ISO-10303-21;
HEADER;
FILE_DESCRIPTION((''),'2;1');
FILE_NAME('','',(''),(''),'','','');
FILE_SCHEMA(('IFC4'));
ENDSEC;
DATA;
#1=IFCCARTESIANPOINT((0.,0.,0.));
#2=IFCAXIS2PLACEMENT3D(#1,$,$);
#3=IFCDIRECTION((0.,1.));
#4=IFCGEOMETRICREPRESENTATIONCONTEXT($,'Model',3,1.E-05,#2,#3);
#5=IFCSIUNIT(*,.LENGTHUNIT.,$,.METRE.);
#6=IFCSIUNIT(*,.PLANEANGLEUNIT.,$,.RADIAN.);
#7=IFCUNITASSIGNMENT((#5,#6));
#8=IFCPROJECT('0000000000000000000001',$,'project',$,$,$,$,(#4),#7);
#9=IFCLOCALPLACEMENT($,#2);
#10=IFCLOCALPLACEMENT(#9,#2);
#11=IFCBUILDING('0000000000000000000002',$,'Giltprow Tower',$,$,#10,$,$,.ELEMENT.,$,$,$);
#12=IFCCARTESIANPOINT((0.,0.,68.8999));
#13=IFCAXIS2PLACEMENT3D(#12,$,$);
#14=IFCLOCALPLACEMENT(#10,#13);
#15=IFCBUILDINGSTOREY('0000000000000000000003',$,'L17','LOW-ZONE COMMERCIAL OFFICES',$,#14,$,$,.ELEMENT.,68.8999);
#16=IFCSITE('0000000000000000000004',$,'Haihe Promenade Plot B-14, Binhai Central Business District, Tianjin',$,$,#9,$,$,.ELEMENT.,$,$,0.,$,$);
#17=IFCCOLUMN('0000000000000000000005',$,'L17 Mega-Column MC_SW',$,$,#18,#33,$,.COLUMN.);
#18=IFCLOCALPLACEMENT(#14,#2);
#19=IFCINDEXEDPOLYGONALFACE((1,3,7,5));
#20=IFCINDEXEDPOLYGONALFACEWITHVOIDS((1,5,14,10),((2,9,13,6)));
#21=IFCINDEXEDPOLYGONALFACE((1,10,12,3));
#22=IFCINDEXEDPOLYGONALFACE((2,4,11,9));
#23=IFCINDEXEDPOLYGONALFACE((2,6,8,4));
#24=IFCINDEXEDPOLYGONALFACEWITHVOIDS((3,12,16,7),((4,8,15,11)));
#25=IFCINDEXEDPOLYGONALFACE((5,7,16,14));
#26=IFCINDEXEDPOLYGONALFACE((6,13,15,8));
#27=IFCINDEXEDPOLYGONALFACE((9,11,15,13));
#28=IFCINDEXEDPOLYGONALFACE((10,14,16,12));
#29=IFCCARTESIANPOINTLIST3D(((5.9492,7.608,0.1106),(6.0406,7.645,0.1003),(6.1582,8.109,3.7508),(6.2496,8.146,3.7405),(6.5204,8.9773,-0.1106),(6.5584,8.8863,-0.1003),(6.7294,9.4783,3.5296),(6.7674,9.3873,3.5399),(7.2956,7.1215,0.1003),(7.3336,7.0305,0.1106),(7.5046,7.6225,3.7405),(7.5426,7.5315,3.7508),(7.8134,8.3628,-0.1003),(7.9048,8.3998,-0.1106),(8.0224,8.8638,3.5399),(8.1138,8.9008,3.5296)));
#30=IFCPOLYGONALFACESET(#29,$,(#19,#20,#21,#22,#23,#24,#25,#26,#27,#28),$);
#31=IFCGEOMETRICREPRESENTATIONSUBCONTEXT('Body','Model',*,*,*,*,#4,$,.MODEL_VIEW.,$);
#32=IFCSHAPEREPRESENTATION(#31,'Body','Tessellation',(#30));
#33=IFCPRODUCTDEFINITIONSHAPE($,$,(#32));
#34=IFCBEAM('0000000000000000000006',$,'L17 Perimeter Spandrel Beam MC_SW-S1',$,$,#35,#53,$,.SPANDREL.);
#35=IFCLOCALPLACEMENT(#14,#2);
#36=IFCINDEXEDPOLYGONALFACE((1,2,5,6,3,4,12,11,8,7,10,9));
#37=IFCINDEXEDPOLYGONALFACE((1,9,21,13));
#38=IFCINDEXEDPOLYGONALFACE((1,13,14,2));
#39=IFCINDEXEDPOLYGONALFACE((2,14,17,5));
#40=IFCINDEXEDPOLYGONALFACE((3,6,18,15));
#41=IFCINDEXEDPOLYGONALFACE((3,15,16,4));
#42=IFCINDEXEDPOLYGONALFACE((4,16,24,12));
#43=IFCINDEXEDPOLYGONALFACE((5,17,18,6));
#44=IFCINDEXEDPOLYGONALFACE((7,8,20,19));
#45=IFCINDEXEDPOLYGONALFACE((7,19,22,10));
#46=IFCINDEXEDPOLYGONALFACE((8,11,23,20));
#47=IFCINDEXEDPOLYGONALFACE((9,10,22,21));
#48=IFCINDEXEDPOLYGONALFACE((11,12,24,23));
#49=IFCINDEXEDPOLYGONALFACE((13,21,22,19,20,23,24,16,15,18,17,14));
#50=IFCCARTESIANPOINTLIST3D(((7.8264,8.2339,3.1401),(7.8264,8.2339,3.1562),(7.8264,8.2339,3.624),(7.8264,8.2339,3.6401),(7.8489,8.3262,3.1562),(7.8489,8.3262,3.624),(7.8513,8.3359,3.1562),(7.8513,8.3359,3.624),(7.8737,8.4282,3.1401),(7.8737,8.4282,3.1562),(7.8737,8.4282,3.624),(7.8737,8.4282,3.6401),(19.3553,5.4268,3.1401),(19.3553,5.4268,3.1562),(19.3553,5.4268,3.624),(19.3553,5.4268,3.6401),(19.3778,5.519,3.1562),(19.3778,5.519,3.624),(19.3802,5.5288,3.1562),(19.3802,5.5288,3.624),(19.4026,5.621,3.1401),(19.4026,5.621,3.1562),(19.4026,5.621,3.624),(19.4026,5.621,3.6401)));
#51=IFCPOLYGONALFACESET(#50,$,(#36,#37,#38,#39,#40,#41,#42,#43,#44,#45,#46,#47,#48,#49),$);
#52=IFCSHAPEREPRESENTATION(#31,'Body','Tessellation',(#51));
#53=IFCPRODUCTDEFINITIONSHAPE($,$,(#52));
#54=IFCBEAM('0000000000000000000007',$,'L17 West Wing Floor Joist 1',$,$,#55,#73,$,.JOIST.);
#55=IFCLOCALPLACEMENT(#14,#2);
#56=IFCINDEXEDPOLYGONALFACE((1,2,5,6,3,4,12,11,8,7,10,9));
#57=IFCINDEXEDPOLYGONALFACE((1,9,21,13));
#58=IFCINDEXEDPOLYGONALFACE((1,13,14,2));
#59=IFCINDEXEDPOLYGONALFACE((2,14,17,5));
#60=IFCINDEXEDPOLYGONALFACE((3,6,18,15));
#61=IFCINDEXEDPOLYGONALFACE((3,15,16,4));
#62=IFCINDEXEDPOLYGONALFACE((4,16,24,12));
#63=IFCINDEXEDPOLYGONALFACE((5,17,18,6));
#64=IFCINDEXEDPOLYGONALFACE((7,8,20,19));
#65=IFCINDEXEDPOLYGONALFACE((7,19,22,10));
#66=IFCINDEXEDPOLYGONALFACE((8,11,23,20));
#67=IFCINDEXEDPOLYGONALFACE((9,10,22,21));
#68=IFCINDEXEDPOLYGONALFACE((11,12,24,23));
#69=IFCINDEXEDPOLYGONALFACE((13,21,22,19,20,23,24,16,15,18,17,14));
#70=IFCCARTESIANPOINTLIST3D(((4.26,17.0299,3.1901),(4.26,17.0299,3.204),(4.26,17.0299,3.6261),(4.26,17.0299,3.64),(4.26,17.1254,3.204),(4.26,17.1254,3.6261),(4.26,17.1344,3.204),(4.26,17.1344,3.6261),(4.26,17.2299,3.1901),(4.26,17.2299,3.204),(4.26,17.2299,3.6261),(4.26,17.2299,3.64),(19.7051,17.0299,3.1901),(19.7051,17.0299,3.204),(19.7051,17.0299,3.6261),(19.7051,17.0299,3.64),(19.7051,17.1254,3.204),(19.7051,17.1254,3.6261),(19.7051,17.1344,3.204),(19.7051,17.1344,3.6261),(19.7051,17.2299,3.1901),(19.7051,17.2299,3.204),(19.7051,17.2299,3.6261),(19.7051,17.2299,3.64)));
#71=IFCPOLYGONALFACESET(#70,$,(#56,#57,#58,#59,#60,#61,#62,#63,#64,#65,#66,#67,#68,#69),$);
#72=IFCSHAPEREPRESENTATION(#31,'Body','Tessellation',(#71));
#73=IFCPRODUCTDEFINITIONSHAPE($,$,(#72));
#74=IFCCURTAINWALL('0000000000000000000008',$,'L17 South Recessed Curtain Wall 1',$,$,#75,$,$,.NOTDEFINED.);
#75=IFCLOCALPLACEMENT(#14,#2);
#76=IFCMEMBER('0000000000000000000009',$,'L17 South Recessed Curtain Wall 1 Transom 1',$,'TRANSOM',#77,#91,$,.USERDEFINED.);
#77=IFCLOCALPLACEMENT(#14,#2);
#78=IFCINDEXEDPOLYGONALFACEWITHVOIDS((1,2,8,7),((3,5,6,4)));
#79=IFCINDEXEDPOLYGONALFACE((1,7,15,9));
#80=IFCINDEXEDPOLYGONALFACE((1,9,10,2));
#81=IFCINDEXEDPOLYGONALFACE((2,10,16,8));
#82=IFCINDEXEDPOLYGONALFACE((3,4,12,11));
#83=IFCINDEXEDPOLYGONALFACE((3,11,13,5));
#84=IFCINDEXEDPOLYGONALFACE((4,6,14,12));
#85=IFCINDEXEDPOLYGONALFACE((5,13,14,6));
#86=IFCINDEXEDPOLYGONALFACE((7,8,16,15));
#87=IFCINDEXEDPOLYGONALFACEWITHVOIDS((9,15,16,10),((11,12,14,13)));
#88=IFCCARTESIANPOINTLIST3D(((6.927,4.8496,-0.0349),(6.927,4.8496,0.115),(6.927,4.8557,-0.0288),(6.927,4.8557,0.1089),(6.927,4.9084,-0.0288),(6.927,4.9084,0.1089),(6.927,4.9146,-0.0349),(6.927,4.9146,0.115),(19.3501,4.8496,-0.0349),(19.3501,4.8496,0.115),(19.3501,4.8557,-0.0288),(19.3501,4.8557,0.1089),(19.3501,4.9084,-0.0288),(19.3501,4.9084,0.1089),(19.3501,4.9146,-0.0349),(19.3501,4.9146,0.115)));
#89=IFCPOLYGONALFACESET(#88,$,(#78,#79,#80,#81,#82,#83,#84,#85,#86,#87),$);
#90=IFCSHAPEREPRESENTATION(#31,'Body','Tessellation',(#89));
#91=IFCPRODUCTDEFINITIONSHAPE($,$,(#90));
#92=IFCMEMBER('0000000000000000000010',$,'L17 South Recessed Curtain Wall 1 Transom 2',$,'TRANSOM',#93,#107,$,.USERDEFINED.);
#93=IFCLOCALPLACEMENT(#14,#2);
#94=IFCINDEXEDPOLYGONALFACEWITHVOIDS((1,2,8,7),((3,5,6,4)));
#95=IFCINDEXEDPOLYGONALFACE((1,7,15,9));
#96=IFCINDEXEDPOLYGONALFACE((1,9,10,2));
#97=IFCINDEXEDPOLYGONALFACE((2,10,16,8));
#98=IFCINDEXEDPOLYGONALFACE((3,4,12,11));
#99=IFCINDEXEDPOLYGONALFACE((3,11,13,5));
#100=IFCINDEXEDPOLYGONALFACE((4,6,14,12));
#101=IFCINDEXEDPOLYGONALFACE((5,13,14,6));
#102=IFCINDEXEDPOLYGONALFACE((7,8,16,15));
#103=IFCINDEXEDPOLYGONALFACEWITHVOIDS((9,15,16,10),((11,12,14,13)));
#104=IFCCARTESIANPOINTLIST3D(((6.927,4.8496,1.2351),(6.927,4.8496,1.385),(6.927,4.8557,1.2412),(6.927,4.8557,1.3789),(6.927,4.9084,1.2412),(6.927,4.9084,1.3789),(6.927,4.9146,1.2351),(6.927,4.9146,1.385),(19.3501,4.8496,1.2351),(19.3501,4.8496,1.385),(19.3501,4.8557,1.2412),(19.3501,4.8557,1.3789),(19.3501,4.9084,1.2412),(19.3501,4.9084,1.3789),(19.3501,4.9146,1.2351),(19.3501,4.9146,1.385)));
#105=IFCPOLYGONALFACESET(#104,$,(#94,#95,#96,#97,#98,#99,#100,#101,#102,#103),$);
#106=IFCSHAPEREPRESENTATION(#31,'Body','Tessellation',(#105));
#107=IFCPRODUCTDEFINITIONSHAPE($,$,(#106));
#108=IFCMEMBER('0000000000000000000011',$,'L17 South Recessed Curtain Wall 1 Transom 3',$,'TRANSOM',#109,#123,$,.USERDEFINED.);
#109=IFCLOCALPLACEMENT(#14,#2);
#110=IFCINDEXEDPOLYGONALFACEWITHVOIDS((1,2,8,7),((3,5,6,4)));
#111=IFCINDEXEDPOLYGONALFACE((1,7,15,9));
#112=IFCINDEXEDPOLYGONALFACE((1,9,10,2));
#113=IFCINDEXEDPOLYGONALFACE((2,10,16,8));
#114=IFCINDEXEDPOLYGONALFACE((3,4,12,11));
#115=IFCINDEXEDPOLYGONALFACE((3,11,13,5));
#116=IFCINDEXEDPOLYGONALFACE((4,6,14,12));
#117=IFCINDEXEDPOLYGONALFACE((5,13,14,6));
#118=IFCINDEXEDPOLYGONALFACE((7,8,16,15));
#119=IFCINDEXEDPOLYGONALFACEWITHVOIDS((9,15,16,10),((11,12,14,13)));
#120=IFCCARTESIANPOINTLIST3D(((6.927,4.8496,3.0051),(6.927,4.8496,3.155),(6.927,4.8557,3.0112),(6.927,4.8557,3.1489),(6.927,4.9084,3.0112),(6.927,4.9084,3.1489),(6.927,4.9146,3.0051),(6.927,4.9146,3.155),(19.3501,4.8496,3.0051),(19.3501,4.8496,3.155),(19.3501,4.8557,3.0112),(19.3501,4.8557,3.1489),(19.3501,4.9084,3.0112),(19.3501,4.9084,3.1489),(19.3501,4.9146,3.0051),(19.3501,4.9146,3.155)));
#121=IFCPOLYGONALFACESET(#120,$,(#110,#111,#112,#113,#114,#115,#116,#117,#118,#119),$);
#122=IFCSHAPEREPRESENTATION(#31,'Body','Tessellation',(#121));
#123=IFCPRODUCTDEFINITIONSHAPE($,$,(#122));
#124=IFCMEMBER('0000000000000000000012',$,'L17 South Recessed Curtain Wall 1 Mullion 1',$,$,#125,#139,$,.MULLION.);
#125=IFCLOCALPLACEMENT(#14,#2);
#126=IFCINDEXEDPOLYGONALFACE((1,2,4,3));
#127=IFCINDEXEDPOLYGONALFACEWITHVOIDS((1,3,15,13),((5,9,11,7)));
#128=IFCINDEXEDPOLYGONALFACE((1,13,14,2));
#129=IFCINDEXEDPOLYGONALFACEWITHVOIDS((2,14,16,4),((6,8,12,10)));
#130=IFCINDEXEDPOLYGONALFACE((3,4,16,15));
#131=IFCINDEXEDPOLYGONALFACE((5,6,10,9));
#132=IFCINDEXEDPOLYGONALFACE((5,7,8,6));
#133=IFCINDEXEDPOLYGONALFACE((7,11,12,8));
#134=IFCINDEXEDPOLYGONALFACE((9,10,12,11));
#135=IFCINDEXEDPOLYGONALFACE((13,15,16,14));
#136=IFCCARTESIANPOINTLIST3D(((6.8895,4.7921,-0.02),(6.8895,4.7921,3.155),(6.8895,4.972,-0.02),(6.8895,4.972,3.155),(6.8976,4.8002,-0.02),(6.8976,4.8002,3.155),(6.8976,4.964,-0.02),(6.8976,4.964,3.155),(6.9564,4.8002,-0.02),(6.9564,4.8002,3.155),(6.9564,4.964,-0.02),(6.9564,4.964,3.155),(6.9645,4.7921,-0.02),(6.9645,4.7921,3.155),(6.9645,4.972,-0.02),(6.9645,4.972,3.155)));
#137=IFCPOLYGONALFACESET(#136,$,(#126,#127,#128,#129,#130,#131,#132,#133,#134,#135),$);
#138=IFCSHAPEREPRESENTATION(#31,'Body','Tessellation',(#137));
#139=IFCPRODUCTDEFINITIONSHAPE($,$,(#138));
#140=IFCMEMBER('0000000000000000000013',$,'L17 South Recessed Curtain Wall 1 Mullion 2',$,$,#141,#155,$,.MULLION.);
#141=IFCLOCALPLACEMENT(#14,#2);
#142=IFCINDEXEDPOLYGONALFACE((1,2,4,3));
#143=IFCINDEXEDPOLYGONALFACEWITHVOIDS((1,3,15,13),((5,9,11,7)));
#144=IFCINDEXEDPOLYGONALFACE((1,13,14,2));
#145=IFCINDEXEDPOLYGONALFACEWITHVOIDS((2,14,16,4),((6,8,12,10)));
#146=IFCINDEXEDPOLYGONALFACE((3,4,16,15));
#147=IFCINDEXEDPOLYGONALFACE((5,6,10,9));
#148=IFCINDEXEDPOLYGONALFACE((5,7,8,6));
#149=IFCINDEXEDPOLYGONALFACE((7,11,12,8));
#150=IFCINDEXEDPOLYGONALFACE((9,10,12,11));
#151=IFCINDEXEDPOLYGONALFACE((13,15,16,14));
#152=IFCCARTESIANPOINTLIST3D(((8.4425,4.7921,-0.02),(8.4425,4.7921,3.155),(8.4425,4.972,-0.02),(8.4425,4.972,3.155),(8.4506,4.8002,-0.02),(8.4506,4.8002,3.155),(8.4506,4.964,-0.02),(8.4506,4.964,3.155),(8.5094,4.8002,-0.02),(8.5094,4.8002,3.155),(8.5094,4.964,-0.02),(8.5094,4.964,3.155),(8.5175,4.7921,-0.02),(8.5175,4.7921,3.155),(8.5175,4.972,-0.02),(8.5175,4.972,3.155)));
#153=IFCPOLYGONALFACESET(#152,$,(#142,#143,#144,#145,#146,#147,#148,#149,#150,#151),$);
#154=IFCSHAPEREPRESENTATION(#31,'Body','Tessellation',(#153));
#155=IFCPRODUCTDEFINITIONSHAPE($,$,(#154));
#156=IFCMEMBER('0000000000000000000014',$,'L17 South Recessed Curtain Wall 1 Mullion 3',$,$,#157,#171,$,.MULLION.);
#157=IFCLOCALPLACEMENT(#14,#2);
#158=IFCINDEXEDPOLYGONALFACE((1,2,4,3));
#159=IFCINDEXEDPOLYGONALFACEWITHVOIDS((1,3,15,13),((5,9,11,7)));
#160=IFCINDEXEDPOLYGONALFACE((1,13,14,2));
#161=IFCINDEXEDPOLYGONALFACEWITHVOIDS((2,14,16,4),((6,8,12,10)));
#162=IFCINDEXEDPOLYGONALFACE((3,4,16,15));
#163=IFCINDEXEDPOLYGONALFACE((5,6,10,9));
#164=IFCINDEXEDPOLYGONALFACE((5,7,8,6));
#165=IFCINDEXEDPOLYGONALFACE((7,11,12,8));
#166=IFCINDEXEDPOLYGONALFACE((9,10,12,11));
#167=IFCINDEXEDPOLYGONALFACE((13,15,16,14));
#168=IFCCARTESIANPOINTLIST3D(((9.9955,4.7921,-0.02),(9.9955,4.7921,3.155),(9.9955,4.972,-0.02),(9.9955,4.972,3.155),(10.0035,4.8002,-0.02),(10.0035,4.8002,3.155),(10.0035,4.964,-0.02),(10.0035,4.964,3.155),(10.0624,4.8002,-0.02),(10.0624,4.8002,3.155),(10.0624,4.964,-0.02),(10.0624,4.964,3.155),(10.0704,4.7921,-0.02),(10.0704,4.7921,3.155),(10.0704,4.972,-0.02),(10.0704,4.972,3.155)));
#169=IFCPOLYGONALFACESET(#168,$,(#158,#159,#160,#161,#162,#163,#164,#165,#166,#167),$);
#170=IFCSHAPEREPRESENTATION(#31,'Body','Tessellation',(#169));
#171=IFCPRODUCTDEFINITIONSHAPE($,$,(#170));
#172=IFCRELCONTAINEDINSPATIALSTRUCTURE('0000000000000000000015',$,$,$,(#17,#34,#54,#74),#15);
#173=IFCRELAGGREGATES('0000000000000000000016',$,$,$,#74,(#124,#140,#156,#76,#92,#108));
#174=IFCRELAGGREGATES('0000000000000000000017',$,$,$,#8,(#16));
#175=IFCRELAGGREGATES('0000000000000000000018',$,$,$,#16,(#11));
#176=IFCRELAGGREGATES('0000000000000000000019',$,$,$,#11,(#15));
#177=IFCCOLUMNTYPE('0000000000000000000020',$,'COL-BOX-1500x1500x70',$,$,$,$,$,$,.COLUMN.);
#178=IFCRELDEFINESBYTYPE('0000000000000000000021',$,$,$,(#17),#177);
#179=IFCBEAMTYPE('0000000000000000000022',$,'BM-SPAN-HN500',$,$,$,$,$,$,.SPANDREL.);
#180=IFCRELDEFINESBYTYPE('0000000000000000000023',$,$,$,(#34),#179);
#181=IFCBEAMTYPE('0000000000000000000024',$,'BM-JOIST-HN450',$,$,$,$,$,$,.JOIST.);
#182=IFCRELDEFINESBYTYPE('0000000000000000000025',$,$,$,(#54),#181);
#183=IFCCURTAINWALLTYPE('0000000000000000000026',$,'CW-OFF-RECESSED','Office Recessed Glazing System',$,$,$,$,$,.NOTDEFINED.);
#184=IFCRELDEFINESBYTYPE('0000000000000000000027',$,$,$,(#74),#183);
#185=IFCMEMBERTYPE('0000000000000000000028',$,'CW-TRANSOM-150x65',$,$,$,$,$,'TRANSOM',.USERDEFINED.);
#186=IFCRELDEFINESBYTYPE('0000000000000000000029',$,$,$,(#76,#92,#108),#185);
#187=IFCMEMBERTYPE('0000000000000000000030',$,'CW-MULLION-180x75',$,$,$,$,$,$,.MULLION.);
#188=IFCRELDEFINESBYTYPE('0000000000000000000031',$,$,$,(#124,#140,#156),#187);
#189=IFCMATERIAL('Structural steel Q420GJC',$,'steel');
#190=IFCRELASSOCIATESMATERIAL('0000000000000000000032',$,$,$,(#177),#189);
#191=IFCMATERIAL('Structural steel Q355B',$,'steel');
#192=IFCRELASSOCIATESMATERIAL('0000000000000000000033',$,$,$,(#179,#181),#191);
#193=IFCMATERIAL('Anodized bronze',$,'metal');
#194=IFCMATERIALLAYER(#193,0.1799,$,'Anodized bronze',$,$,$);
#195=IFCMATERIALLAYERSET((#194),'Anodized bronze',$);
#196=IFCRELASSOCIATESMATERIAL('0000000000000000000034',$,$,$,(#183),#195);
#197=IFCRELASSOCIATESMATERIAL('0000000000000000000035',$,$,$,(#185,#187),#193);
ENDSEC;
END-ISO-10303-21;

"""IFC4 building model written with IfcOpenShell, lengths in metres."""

from ifc_helpers import new_model, si_unit, direction, frame, origin, origin_2d, place, context, subcontext, project, spatial, hollow_rectangle, i_section, extrude, source, transform, mapped, material, layer, layer_set, material_profile, profile_set, type_object, element, aggregate, save


model = new_model("IFC4")

# Units and contexts
model_context = context("Model", 3, precision=1e-05, world=origin(), true_north=direction((0.0, 1.0)))
body_context = subcontext(model_context, "Body", "Model", "MODEL_VIEW")
ifc_project = project(units=[si_unit("LENGTHUNIT", "METRE"), si_unit("PLANEANGLEUNIT", "RADIAN")], contexts=[model_context])

# Site, building, storey
site_placement = place(None, origin())
site = spatial("IfcSite", under=ifc_project, at=site_placement, Name="Haihe Promenade Plot B-14, Binhai Central Business District, Tianjin", CompositionType="ELEMENT", RefElevation=0.0)
building_placement = place(site_placement, origin())
building = spatial("IfcBuilding", under=site, at=building_placement, Name="Giltprow Tower", CompositionType="ELEMENT")
storey_placement = place(building_placement, frame((0.0, 0.0, 68.8999)))
storey = spatial("IfcBuildingStorey", under=building, at=storey_placement, Name="L17", Description="LOW-ZONE COMMERCIAL OFFICES", CompositionType="ELEMENT", Elevation=68.8999)

# Column
ifc_material_1 = material(Name="Structural steel Q420GJC", Category="steel")
ifc_material_profile_1 = material_profile(ifc_material_1, hollow_rectangle(XDim=1.5, YDim=1.5, WallThickness=0.0701, at=origin_2d()), Name="BOX 1500x1500x70")
ifc_profile_set_1 = profile_set([ifc_material_profile_1], Name="Structural steel Q420GJC")
column_type = type_object("IfcColumnType", Name="COL-BOX-1500x1500x70", PredefinedType="COLUMN", material=ifc_profile_set_1)
shared_shape_1 = source(origin(), body_context, "Body", "SweptSolid", [
    extrude(hollow_rectangle(XDim=1.5, YDim=1.5, WallThickness=0.0701, at=origin_2d()), origin(), (0.0, 0.0, 1.0), 3.6804),
])
column_placement = place(storey_placement, frame((6.927, 8.0039, 0.0), z_axis=(0.056783, 0.136121, 0.989064), x_axis=(-0.922917, 0.384999, 0.0)))
element("IfcColumn", 1, at=column_placement, inside=storey, type_object=column_type, Name="L17 Mega-Column MC_SW", PredefinedType="COLUMN", context=body_context, shape_type="MappedRepresentation", body=[
    mapped(shared_shape_1, transform((0.0, 0.0, 0.0), x_axis=(1.0, 0.0, 0.0), y_axis=(0.0, 1.0, 0.0), z_axis=(0.0, 0.0, 1.0), scale=1.0)),
])

# Beams
ifc_material_2 = material(Name="Structural steel Q355B", Category="steel")
ifc_material_profile_2 = material_profile(ifc_material_2, i_section(OverallWidth=0.2, OverallDepth=0.5, WebThickness=0.01, FlangeThickness=0.0161, at=origin_2d()), Name="HN 500x200x10x16")
ifc_profile_set_2 = profile_set([ifc_material_profile_2], Name="Structural steel Q355B")
beam_type_1 = type_object("IfcBeamType", Name="BM-SPAN-HN500", PredefinedType="SPANDREL", material=ifc_profile_set_2)
shared_shape_2 = source(origin(), body_context, "Body", "SweptSolid", [
    extrude(i_section(OverallWidth=0.2, OverallDepth=0.5, WebThickness=0.01, FlangeThickness=0.0161, at=origin_2d()), origin(), (0.0, 0.0, 1.0), 11.8657),
])
beam_1_placement = place(storey_placement, frame((7.8501, 8.3311, 3.3901), z_axis=(0.971613, -0.236576, 0.0), x_axis=(0.236576, 0.971613, 0.0)))
element("IfcBeam", 2, at=beam_1_placement, inside=storey, type_object=beam_type_1, Name="L17 Perimeter Spandrel Beam MC_SW-S1", PredefinedType="SPANDREL", context=body_context, shape_type="MappedRepresentation", body=[
    mapped(shared_shape_2, transform((0.0, 0.0, 0.0), x_axis=(1.0, 0.0, 0.0), y_axis=(0.0, 1.0, 0.0), z_axis=(0.0, 0.0, 1.0), scale=1.0)),
])
ifc_material_profile_3 = material_profile(ifc_material_2, i_section(OverallWidth=0.2, OverallDepth=0.45, WebThickness=0.009, FlangeThickness=0.0139, at=origin_2d()), Name="HN 450x200x9x14")
ifc_profile_set_3 = profile_set([ifc_material_profile_3], Name="Structural steel Q355B")
beam_type_2 = type_object("IfcBeamType", Name="BM-JOIST-HN450", PredefinedType="JOIST", material=ifc_profile_set_3)
shared_shape_3 = source(origin(), body_context, "Body", "SweptSolid", [
    extrude(i_section(OverallWidth=0.2, OverallDepth=0.45, WebThickness=0.009, FlangeThickness=0.0139, at=origin_2d()), origin(), (0.0, 0.0, 1.0), 15.4451),
])
beam_2_placement = place(storey_placement, frame((4.26, 17.1299, 3.415), z_axis=(1.0, 0.0, 0.0), x_axis=(0.0, 1.0, 0.0)))
element("IfcBeam", 3, at=beam_2_placement, inside=storey, type_object=beam_type_2, Name="L17 West Wing Floor Joist 1", PredefinedType="JOIST", context=body_context, shape_type="MappedRepresentation", body=[
    mapped(shared_shape_3, transform((0.0, 0.0, 0.0), x_axis=(1.0, 0.0, 0.0), y_axis=(0.0, 1.0, 0.0), z_axis=(0.0, 0.0, 1.0), scale=1.0)),
])

# Curtain wall, members
ifc_material_3 = material(Name="Anodized bronze", Category="metal")
ifc_layer_1 = layer(ifc_material_3, 0.1799, Name="Anodized bronze")
ifc_layer_set_1 = layer_set([ifc_layer_1], Name="Anodized bronze")
curtain_wall_type = type_object("IfcCurtainWallType", Name="CW-OFF-RECESSED", Description="Office Recessed Glazing System", PredefinedType="NOTDEFINED", material=ifc_layer_set_1)
curtain_wall_placement = place(storey_placement, origin())
curtain_wall = element("IfcCurtainWall", 4, at=curtain_wall_placement, inside=storey, type_object=curtain_wall_type, Name="L17 South Recessed Curtain Wall 1", PredefinedType="NOTDEFINED")
ifc_material_profile_4 = material_profile(ifc_material_3, hollow_rectangle(XDim=0.0649, YDim=0.1499, WallThickness=0.0061, at=origin_2d()), Name="RHS 150x65x6")
ifc_profile_set_4 = profile_set([ifc_material_profile_4], Name="Anodized bronze")
member_type_1 = type_object("IfcMemberType", Name="CW-TRANSOM-150x65", ElementType="TRANSOM", PredefinedType="USERDEFINED", material=ifc_profile_set_4)
shared_shape_4 = source(origin(), body_context, "Body", "SweptSolid", [
    extrude(hollow_rectangle(XDim=0.0649, YDim=0.1499, WallThickness=0.0061, at=origin_2d()), origin(), (0.0, 0.0, 1.0), 12.4231),
])
member_1_placement = place(storey_placement, frame((6.927, 4.8821, 0.04), z_axis=(1.0, 0.0, 0.0), x_axis=(0.0, 1.0, 0.0)))
member_1 = element("IfcMember", 5, at=member_1_placement, type_object=member_type_1, Name="L17 South Recessed Curtain Wall 1 Transom 1", ObjectType="TRANSOM", PredefinedType="USERDEFINED", context=body_context, shape_type="MappedRepresentation", body=[
    mapped(shared_shape_4, transform((0.0, 0.0, 0.0), x_axis=(1.0, 0.0, 0.0), y_axis=(0.0, 1.0, 0.0), z_axis=(0.0, 0.0, 1.0), scale=1.0)),
])
member_2_placement = place(storey_placement, frame((6.927, 4.8821, 1.3101), z_axis=(1.0, 0.0, 0.0), x_axis=(0.0, 1.0, 0.0)))
member_2 = element("IfcMember", 6, at=member_2_placement, type_object=member_type_1, Name="L17 South Recessed Curtain Wall 1 Transom 2", ObjectType="TRANSOM", PredefinedType="USERDEFINED", context=body_context, shape_type="MappedRepresentation", body=[
    mapped(shared_shape_4, transform((0.0, 0.0, 0.0), x_axis=(1.0, 0.0, 0.0), y_axis=(0.0, 1.0, 0.0), z_axis=(0.0, 0.0, 1.0), scale=1.0)),
])
member_3_placement = place(storey_placement, frame((6.927, 4.8821, 3.0801), z_axis=(1.0, 0.0, 0.0), x_axis=(0.0, 1.0, 0.0)))
member_3 = element("IfcMember", 7, at=member_3_placement, type_object=member_type_1, Name="L17 South Recessed Curtain Wall 1 Transom 3", ObjectType="TRANSOM", PredefinedType="USERDEFINED", context=body_context, shape_type="MappedRepresentation", body=[
    mapped(shared_shape_4, transform((0.0, 0.0, 0.0), x_axis=(1.0, 0.0, 0.0), y_axis=(0.0, 1.0, 0.0), z_axis=(0.0, 0.0, 1.0), scale=1.0)),
])
ifc_material_profile_5 = material_profile(ifc_material_3, hollow_rectangle(XDim=0.075, YDim=0.1799, WallThickness=0.0081, at=origin_2d()), Name="RHS 180x75x8")
ifc_profile_set_5 = profile_set([ifc_material_profile_5], Name="Anodized bronze")
member_type_2 = type_object("IfcMemberType", Name="CW-MULLION-180x75", PredefinedType="MULLION", material=ifc_profile_set_5)
shared_shape_5 = source(origin(), body_context, "Body", "SweptSolid", [
    extrude(hollow_rectangle(XDim=0.075, YDim=0.1799, WallThickness=0.0081, at=origin_2d()), origin(), (0.0, 0.0, 1.0), 3.175),
])
member_4_placement = place(storey_placement, frame((6.927, 4.8821, -0.02), z_axis=(0.0, 0.0, 1.0), x_axis=(1.0, 0.0, 0.0)))
member_4 = element("IfcMember", 8, at=member_4_placement, type_object=member_type_2, Name="L17 South Recessed Curtain Wall 1 Mullion 1", PredefinedType="MULLION", context=body_context, shape_type="MappedRepresentation", body=[
    mapped(shared_shape_5, transform((0.0, 0.0, 0.0), x_axis=(1.0, 0.0, 0.0), y_axis=(0.0, 1.0, 0.0), z_axis=(0.0, 0.0, 1.0), scale=1.0)),
])
member_5_placement = place(storey_placement, frame((8.48, 4.8821, -0.02), z_axis=(0.0, 0.0, 1.0), x_axis=(1.0, 0.0, 0.0)))
member_5 = element("IfcMember", 9, at=member_5_placement, type_object=member_type_2, Name="L17 South Recessed Curtain Wall 1 Mullion 2", PredefinedType="MULLION", context=body_context, shape_type="MappedRepresentation", body=[
    mapped(shared_shape_5, transform((0.0, 0.0, 0.0), x_axis=(1.0, 0.0, 0.0), y_axis=(0.0, 1.0, 0.0), z_axis=(0.0, 0.0, 1.0), scale=1.0)),
])
member_6_placement = place(storey_placement, frame((10.033, 4.8821, -0.02), z_axis=(0.0, 0.0, 1.0), x_axis=(1.0, 0.0, 0.0)))
member_6 = element("IfcMember", 10, at=member_6_placement, type_object=member_type_2, Name="L17 South Recessed Curtain Wall 1 Mullion 3", PredefinedType="MULLION", context=body_context, shape_type="MappedRepresentation", body=[
    mapped(shared_shape_5, transform((0.0, 0.0, 0.0), x_axis=(1.0, 0.0, 0.0), y_axis=(0.0, 1.0, 0.0), z_axis=(0.0, 0.0, 1.0), scale=1.0)),
])

aggregate(curtain_wall, [member_4, member_5, member_6, member_1, member_2, member_3])

save(model, "model.ifc")
